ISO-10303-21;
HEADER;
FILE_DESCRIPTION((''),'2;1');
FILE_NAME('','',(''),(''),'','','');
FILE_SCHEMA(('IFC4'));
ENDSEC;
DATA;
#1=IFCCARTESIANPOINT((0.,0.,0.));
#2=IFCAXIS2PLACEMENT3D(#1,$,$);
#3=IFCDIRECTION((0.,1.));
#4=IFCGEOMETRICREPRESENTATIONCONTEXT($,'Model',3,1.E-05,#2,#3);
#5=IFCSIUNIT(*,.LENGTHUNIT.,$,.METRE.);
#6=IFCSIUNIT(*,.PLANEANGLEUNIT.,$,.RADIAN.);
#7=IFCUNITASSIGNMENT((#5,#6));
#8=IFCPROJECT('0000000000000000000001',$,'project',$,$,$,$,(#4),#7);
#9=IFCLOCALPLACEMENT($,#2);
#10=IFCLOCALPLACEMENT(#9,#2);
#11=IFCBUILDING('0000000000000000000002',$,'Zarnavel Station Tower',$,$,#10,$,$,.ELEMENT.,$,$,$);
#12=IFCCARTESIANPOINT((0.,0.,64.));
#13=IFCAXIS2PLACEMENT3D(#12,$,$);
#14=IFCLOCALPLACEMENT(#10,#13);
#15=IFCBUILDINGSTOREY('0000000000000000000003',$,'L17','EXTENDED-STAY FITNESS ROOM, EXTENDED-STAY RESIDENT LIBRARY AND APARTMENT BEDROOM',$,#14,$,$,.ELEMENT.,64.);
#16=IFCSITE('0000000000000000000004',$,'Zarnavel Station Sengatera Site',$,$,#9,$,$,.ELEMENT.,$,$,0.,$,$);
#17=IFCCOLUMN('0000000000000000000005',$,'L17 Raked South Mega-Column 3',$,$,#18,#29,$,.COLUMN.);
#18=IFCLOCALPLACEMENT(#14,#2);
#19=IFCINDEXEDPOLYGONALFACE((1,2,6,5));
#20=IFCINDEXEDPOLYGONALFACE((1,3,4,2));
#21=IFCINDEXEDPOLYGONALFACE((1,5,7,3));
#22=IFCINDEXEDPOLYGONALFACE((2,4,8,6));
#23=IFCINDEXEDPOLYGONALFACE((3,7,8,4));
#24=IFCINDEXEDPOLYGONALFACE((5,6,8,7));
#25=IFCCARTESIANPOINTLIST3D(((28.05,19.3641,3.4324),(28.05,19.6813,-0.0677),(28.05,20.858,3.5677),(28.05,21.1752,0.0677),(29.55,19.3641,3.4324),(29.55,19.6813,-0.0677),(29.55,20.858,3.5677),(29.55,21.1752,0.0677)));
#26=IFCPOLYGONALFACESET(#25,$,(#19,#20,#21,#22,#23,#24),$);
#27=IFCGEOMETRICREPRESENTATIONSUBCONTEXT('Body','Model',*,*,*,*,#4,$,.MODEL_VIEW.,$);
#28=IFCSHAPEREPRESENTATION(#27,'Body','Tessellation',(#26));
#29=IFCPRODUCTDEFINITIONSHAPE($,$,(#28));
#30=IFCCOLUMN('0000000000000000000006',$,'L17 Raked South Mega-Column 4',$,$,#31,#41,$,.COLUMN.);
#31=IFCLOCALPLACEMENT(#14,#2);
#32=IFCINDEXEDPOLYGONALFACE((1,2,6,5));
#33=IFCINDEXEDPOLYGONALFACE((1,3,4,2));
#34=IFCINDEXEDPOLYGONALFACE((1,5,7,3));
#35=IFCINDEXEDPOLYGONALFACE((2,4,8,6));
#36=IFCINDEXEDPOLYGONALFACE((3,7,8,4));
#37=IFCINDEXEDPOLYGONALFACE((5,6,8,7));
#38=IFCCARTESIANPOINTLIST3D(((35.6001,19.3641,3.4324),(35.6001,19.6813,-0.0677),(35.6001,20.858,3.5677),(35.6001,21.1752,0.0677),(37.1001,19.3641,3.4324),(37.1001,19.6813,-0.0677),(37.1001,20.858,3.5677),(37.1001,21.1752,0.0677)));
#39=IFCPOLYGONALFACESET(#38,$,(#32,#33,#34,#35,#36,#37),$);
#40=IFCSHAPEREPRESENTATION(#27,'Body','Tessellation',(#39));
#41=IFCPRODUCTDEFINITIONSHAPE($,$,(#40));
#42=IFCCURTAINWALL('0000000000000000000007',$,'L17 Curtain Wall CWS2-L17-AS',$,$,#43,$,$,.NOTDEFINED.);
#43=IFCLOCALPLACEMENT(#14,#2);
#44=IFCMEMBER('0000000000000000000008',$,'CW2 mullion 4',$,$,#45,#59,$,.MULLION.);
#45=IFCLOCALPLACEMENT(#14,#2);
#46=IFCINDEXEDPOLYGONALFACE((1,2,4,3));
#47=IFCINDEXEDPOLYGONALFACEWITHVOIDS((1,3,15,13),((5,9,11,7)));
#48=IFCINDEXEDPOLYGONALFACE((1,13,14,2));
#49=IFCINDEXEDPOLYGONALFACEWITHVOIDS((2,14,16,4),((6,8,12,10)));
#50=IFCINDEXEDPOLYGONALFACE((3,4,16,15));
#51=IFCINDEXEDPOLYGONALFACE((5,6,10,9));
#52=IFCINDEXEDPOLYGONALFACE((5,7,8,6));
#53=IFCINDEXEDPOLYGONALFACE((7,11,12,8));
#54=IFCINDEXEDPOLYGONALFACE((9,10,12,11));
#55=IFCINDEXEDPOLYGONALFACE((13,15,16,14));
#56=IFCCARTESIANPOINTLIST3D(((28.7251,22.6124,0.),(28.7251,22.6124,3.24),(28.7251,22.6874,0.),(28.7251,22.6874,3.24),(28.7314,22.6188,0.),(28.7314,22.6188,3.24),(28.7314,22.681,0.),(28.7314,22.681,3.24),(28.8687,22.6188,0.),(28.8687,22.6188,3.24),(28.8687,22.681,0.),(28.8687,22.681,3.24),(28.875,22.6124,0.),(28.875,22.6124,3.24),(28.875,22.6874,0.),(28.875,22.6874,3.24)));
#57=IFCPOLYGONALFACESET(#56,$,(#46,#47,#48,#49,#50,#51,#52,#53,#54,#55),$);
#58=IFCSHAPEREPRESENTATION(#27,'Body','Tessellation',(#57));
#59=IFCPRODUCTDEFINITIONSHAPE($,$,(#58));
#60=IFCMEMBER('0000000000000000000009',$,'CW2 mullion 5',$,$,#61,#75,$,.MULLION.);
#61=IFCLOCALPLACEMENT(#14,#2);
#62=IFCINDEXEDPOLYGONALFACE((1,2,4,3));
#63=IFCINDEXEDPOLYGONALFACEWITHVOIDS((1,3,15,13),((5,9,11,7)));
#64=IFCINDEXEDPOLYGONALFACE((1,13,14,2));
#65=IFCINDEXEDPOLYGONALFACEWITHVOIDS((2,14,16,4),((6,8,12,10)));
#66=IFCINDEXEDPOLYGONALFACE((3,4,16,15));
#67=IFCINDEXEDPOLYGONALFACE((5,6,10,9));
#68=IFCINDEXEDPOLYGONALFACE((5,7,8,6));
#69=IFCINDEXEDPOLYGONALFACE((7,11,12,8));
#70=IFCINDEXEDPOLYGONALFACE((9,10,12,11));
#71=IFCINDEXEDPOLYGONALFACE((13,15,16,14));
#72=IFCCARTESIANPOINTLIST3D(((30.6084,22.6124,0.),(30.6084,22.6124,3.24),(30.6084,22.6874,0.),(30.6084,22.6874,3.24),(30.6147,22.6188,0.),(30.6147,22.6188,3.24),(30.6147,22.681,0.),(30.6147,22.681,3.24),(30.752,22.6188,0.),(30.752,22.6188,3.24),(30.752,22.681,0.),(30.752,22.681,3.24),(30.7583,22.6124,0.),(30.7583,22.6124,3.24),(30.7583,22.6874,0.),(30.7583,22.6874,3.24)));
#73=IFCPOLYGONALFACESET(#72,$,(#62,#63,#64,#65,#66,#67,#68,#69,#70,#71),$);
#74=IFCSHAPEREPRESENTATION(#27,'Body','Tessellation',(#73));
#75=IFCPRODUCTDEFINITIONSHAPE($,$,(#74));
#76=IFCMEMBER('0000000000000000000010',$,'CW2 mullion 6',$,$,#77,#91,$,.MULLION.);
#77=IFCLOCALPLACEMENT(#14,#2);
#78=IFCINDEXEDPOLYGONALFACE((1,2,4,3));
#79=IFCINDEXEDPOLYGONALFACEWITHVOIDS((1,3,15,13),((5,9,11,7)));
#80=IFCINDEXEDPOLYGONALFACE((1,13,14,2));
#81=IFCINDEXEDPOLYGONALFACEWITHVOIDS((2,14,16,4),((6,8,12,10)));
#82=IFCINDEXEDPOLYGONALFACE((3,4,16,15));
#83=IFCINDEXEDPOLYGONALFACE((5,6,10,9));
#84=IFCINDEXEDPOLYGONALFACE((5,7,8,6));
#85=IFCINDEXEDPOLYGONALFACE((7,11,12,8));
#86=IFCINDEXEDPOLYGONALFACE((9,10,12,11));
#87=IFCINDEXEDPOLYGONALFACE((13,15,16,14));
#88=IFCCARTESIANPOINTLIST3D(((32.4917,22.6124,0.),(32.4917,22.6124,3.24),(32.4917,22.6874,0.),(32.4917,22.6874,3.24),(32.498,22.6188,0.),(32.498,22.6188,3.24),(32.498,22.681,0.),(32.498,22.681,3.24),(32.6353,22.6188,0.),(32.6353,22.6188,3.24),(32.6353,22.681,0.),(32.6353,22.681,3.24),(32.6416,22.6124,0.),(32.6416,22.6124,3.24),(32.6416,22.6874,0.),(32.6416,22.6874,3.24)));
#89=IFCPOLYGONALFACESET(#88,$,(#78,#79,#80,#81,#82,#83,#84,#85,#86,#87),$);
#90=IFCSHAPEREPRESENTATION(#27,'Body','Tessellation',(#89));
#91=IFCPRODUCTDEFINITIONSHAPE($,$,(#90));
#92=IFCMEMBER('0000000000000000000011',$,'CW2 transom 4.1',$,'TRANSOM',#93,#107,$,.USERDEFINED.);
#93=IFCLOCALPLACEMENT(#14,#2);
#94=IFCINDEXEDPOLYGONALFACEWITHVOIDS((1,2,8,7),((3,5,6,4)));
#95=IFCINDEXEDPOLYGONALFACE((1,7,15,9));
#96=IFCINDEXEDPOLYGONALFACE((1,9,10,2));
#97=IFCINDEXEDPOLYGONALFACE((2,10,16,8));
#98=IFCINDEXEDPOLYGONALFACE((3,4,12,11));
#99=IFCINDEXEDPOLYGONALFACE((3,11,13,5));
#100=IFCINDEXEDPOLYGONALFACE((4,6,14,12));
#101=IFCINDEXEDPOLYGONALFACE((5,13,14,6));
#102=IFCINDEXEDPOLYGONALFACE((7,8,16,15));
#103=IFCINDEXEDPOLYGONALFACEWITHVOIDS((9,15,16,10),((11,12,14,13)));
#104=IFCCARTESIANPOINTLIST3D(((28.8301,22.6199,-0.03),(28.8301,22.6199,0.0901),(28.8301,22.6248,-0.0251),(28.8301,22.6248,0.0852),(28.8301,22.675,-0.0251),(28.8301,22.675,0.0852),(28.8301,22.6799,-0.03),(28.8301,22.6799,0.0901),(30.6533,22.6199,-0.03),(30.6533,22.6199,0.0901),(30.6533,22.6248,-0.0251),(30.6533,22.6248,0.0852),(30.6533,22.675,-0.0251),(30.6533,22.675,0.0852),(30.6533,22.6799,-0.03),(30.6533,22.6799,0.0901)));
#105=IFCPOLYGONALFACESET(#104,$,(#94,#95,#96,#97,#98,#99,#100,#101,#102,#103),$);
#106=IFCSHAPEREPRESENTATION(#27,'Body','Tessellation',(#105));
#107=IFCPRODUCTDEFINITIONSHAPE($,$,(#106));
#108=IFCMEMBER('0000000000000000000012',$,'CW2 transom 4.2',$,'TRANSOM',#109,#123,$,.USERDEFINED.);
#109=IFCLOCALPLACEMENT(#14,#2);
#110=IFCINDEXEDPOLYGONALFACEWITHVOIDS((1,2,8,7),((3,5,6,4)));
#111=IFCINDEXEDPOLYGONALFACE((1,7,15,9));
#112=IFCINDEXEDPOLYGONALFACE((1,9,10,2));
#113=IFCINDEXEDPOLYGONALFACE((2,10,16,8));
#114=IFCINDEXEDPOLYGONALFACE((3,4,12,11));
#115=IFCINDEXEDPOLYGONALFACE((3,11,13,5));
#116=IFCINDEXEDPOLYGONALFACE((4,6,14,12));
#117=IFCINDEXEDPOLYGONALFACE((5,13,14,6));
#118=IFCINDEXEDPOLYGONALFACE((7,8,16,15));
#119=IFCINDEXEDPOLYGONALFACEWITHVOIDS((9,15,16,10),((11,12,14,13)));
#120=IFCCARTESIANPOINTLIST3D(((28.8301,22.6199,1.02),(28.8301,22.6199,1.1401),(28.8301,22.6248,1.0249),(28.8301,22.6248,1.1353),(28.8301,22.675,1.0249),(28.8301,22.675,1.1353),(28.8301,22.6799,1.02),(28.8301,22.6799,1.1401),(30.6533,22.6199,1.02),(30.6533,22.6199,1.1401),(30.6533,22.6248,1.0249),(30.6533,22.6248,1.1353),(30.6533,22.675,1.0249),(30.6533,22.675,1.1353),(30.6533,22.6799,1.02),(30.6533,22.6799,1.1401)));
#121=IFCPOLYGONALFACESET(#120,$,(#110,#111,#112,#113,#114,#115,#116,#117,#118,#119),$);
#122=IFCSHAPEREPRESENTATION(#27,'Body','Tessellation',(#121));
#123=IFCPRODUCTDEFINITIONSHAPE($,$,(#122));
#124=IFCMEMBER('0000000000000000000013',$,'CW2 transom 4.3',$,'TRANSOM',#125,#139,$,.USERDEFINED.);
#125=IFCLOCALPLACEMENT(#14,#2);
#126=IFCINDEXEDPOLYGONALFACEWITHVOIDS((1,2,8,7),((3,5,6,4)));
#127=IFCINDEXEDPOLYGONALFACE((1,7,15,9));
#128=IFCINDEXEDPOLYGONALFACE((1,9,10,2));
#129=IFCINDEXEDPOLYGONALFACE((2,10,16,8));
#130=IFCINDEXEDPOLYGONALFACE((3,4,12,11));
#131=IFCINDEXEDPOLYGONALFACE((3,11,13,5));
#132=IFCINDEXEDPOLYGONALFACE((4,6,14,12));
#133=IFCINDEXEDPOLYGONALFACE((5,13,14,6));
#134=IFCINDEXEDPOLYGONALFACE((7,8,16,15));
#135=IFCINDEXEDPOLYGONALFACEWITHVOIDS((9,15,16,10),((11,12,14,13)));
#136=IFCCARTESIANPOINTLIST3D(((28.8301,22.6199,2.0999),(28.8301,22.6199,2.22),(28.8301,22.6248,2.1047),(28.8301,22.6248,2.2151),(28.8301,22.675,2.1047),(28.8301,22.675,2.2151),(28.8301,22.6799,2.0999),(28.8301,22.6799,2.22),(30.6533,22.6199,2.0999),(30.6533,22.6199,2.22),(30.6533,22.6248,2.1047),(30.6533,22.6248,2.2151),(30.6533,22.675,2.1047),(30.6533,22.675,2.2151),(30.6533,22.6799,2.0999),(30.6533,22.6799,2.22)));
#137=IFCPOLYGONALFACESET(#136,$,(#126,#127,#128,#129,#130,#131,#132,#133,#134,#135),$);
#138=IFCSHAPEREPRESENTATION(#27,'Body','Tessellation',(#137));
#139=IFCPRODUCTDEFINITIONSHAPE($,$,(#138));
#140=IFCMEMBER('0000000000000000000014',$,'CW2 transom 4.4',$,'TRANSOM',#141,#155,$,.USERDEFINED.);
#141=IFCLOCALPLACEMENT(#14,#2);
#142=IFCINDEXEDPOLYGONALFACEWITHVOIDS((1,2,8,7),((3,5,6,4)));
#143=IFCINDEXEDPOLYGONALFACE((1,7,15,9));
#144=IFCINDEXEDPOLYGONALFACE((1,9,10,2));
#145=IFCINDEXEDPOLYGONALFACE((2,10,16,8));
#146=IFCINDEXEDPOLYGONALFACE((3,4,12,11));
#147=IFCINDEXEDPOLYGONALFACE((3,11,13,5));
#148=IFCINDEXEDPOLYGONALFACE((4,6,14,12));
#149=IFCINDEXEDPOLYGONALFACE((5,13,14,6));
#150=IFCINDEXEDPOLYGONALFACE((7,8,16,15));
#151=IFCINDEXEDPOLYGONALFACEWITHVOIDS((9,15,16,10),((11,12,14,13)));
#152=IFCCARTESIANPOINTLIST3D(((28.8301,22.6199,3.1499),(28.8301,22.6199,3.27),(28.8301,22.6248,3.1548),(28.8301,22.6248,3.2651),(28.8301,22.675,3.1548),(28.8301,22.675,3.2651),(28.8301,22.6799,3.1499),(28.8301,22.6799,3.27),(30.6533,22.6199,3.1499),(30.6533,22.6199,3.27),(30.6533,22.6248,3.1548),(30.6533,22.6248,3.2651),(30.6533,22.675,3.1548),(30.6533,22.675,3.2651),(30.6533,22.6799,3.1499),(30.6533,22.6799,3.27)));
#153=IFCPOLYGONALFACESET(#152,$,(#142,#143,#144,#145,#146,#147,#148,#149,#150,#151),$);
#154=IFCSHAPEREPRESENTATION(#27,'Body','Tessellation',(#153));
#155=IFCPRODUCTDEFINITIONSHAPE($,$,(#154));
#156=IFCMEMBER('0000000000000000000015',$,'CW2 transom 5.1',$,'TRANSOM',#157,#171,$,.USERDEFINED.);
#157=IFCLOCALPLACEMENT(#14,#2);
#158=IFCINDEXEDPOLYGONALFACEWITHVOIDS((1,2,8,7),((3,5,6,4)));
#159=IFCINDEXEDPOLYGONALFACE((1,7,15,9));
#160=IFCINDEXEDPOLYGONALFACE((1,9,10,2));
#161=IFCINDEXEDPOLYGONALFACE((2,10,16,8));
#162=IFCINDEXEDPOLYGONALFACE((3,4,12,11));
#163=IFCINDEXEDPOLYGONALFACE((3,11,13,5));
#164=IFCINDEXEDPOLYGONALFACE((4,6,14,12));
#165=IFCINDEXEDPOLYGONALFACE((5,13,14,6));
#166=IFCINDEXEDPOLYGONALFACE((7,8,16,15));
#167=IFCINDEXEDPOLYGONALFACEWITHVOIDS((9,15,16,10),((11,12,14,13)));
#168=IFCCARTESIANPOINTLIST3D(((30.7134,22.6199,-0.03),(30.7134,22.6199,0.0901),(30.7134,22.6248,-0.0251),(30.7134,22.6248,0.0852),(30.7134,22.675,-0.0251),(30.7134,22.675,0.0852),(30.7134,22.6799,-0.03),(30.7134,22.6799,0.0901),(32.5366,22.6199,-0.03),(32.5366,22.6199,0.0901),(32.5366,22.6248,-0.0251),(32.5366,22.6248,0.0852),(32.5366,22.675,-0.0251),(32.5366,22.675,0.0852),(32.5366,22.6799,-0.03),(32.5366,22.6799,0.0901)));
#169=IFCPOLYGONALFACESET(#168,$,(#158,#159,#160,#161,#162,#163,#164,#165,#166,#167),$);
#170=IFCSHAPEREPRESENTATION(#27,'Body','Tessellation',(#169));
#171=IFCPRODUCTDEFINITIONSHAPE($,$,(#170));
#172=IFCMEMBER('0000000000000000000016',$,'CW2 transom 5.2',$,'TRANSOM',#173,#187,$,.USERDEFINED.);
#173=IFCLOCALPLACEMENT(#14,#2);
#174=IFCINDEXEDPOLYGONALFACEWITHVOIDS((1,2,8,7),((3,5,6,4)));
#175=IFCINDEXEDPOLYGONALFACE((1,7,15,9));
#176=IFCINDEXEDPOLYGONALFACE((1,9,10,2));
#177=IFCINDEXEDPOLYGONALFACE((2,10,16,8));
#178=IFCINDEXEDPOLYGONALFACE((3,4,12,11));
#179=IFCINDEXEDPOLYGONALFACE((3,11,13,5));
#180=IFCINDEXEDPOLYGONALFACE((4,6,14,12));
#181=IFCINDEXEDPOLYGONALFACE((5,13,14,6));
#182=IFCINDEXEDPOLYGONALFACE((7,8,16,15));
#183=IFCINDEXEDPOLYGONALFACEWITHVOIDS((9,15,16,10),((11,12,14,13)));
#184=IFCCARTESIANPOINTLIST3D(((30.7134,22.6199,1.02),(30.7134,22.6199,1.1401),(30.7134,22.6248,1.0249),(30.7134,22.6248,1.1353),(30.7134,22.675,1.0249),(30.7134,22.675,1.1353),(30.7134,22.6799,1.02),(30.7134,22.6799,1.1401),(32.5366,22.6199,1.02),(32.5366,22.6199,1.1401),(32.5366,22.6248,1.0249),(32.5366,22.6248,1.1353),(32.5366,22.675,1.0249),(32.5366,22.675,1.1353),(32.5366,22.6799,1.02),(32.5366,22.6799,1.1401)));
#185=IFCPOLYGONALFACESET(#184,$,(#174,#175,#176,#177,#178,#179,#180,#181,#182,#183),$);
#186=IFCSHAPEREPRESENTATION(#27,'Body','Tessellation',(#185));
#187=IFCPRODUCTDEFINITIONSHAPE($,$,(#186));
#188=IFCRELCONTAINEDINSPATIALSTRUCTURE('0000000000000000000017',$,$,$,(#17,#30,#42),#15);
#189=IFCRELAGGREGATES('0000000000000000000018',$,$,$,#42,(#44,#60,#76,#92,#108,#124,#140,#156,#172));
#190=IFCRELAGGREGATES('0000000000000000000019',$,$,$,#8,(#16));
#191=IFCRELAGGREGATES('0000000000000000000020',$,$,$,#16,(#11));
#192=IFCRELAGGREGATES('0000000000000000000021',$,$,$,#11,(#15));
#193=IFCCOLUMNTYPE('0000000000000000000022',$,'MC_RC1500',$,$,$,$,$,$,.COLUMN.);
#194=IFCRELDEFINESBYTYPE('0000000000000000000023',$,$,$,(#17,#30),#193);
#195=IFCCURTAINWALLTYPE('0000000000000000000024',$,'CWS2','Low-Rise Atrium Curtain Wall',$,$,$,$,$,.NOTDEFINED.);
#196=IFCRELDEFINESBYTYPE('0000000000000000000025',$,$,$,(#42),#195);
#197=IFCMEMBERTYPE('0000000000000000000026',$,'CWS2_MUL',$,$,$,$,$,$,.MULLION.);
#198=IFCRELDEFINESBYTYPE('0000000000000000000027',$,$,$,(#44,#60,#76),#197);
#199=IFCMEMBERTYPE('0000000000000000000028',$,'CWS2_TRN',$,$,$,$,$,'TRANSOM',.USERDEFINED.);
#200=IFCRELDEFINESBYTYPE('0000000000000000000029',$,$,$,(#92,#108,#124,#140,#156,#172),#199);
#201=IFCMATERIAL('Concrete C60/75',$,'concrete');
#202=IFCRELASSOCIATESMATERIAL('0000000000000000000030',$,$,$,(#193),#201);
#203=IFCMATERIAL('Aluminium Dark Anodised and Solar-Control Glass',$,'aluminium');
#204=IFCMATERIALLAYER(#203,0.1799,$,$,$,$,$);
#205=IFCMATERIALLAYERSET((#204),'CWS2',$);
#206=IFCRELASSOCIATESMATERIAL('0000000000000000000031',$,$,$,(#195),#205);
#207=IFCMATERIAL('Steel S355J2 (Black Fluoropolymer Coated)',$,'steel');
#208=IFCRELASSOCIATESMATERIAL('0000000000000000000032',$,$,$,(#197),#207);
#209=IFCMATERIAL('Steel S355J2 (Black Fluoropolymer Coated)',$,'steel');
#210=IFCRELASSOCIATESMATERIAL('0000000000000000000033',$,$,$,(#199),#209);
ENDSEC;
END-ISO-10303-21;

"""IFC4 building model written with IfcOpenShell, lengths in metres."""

from ifc_helpers import new_model, si_unit, direction, frame, origin, origin_2d, place, context, subcontext, project, spatial, rectangle, hollow_rectangle, extrude, material, layer, layer_set, material_profile, profile_set, type_object, element, aggregate, save


model = new_model("IFC4")

# Units and contexts
model_context = context("Model", 3, precision=1e-05, world=origin(), true_north=direction((0.0, 1.0)))
body_context = subcontext(model_context, "Body", "Model", "MODEL_VIEW")
ifc_project = project(units=[si_unit("LENGTHUNIT", "METRE"), si_unit("PLANEANGLEUNIT", "RADIAN")], contexts=[model_context])

# Site, building, storey
site_placement = place(None, origin())
site = spatial("IfcSite", under=ifc_project, at=site_placement, Name="Zarnavel Station Sengatera Site", CompositionType="ELEMENT", RefElevation=0.0)
building_placement = place(site_placement, origin())
building = spatial("IfcBuilding", under=site, at=building_placement, Name="Zarnavel Station Tower", CompositionType="ELEMENT")
storey_placement = place(building_placement, frame((0.0, 0.0, 64.0)))
storey = spatial("IfcBuildingStorey", under=building, at=storey_placement, Name="L17", Description="EXTENDED-STAY FITNESS ROOM, EXTENDED-STAY RESIDENT LIBRARY AND APARTMENT BEDROOM", CompositionType="ELEMENT", Elevation=64.0)

# Columns
ifc_material_1 = material(Name="Concrete C60/75", Category="concrete")
ifc_material_profile_1 = material_profile(ifc_material_1, rectangle(XDim=1.5, YDim=1.5, at=origin_2d()), Name="RC1500x1500")
ifc_profile_set_1 = profile_set([ifc_material_profile_1], Name="Concrete C60/75")
column_type = type_object("IfcColumnType", Name="MC_RC1500", PredefinedType="COLUMN", material=ifc_profile_set_1)
for number, where, z_axis, x_axis, name in (
    (1, (28.8, 20.4282, 0.0), (0.0, -0.090241, 0.99592), (1.0, 0.0, 0.0), "L17 Raked South Mega-Column 3"),
    (2, (36.3501, 20.4282, 0.0), (0.0, -0.090241, 0.99592), (1.0, 0.0, 0.0), "L17 Raked South Mega-Column 4"),
):
    element("IfcColumn", number, at=place(storey_placement, frame(where, z_axis=z_axis, x_axis=x_axis)), inside=storey, type_object=column_type, Name=name, PredefinedType="COLUMN", context=body_context, shape_type="SweptSolid", body=[
        extrude(rectangle(XDim=1.5, YDim=1.5, at=origin_2d()), origin(), (0.0, 0.0, 1.0), 3.5144),
    ])

# Curtain wall, members
ifc_material_2 = material(Name="Aluminium Dark Anodised and Solar-Control Glass", Category="aluminium")
ifc_layer_1 = layer(ifc_material_2, 0.1799)
ifc_layer_set_1 = layer_set([ifc_layer_1], Name="CWS2")
curtain_wall_type = type_object("IfcCurtainWallType", Name="CWS2", Description="Low-Rise Atrium Curtain Wall", PredefinedType="NOTDEFINED", material=ifc_layer_set_1)
curtain_wall_placement = place(storey_placement, origin())
curtain_wall = element("IfcCurtainWall", 3, at=curtain_wall_placement, inside=storey, type_object=curtain_wall_type, Name="L17 Curtain Wall CWS2-L17-AS", PredefinedType="NOTDEFINED")
ifc_material_3 = material(Name="Steel S355J2 (Black Fluoropolymer Coated)", Category="steel")
ifc_material_profile_2 = material_profile(ifc_material_3, hollow_rectangle(XDim=0.075, YDim=0.1499, WallThickness=0.0063, at=origin_2d()), Name="RHS150x75x6.3")
ifc_profile_set_2 = profile_set([ifc_material_profile_2], Name="Steel S355J2 (Black Fluoropolymer Coated)")
member_type_1 = type_object("IfcMemberType", Name="CWS2_MUL", PredefinedType="MULLION", material=ifc_profile_set_2)
member_1_placement = place(storey_placement, frame((28.8, 22.6499, 0.0), z_axis=(0.0, 0.0, 1.0), x_axis=(0.0, 1.0, 0.0)))
member_1 = element("IfcMember", 4, at=member_1_placement, type_object=member_type_1, Name="CW2 mullion 4", PredefinedType="MULLION", context=body_context, shape_type="SweptSolid", body=[
    extrude(hollow_rectangle(XDim=0.075, YDim=0.1499, WallThickness=0.0063, at=origin_2d()), origin(), (0.0, 0.0, 1.0), 3.24),
])
member_2_placement = place(storey_placement, frame((30.6833, 22.6499, 0.0), z_axis=(0.0, 0.0, 1.0), x_axis=(0.0, 1.0, 0.0)))
member_2 = element("IfcMember", 5, at=member_2_placement, type_object=member_type_1, Name="CW2 mullion 5", PredefinedType="MULLION", context=body_context, shape_type="SweptSolid", body=[
    extrude(hollow_rectangle(XDim=0.075, YDim=0.1499, WallThickness=0.0063, at=origin_2d()), origin(), (0.0, 0.0, 1.0), 3.24),
])
member_3_placement = place(storey_placement, frame((32.5667, 22.6499, 0.0), z_axis=(0.0, 0.0, 1.0), x_axis=(0.0, 1.0, 0.0)))
member_3 = element("IfcMember", 6, at=member_3_placement, type_object=member_type_1, Name="CW2 mullion 6", PredefinedType="MULLION", context=body_context, shape_type="SweptSolid", body=[
    extrude(hollow_rectangle(XDim=0.075, YDim=0.1499, WallThickness=0.0063, at=origin_2d()), origin(), (0.0, 0.0, 1.0), 3.24),
])
ifc_material_4 = material(Name="Steel S355J2 (Black Fluoropolymer Coated)", Category="steel")
ifc_material_profile_3 = material_profile(ifc_material_4, hollow_rectangle(XDim=0.0601, YDim=0.1201, WallThickness=0.0049, at=origin_2d()), Name="RHS120x60x5")
ifc_profile_set_3 = profile_set([ifc_material_profile_3], Name="Steel S355J2 (Black Fluoropolymer Coated)")
member_type_2 = type_object("IfcMemberType", Name="CWS2_TRN", ElementType="TRANSOM", PredefinedType="USERDEFINED", material=ifc_profile_set_3)
member_4_placement = place(storey_placement, frame((28.8301, 22.6499, 0.03), z_axis=(1.0, 0.0, 0.0), x_axis=(0.0, 1.0, 0.0)))
member_4 = element("IfcMember", 7, at=member_4_placement, type_object=member_type_2, Name="CW2 transom 4.1", ObjectType="TRANSOM", PredefinedType="USERDEFINED", context=body_context, shape_type="SweptSolid", body=[
    extrude(hollow_rectangle(XDim=0.0601, YDim=0.1201, WallThickness=0.0049, at=origin_2d()), origin(), (0.0, 0.0, 1.0), 1.8232),
])
member_5_placement = place(storey_placement, frame((28.8301, 22.6499, 1.0801), z_axis=(1.0, 0.0, 0.0), x_axis=(0.0, 1.0, 0.0)))
member_5 = element("IfcMember", 8, at=member_5_placement, type_object=member_type_2, Name="CW2 transom 4.2", ObjectType="TRANSOM", PredefinedType="USERDEFINED", context=body_context, shape_type="SweptSolid", body=[
    extrude(hollow_rectangle(XDim=0.0601, YDim=0.1201, WallThickness=0.0049, at=origin_2d()), origin(), (0.0, 0.0, 1.0), 1.8232),
])
member_6_placement = place(storey_placement, frame((28.8301, 22.6499, 2.1599), z_axis=(1.0, 0.0, 0.0), x_axis=(0.0, 1.0, 0.0)))
member_6 = element("IfcMember", 9, at=member_6_placement, type_object=member_type_2, Name="CW2 transom 4.3", ObjectType="TRANSOM", PredefinedType="USERDEFINED", context=body_context, shape_type="SweptSolid", body=[
    extrude(hollow_rectangle(XDim=0.0601, YDim=0.1201, WallThickness=0.0049, at=origin_2d()), origin(), (0.0, 0.0, 1.0), 1.8232),
])
member_7_placement = place(storey_placement, frame((28.8301, 22.6499, 3.21), z_axis=(1.0, 0.0, 0.0), x_axis=(0.0, 1.0, 0.0)))
member_7 = element("IfcMember", 10, at=member_7_placement, type_object=member_type_2, Name="CW2 transom 4.4", ObjectType="TRANSOM", PredefinedType="USERDEFINED", context=body_context, shape_type="SweptSolid", body=[
    extrude(hollow_rectangle(XDim=0.0601, YDim=0.1201, WallThickness=0.0049, at=origin_2d()), origin(), (0.0, 0.0, 1.0), 1.8232),
])
member_8_placement = place(storey_placement, frame((30.7134, 22.6499, 0.03), z_axis=(1.0, 0.0, 0.0), x_axis=(0.0, 1.0, 0.0)))
member_8 = element("IfcMember", 11, at=member_8_placement, type_object=member_type_2, Name="CW2 transom 5.1", ObjectType="TRANSOM", PredefinedType="USERDEFINED", context=body_context, shape_type="SweptSolid", body=[
    extrude(hollow_rectangle(XDim=0.0601, YDim=0.1201, WallThickness=0.0049, at=origin_2d()), origin(), (0.0, 0.0, 1.0), 1.8232),
])
member_9_placement = place(storey_placement, frame((30.7134, 22.6499, 1.0801), z_axis=(1.0, 0.0, 0.0), x_axis=(0.0, 1.0, 0.0)))
member_9 = element("IfcMember", 12, at=member_9_placement, type_object=member_type_2, Name="CW2 transom 5.2", ObjectType="TRANSOM", PredefinedType="USERDEFINED", context=body_context, shape_type="SweptSolid", body=[
    extrude(hollow_rectangle(XDim=0.0601, YDim=0.1201, WallThickness=0.0049, at=origin_2d()), origin(), (0.0, 0.0, 1.0), 1.8232),
])

aggregate(curtain_wall, [member_1, member_2, member_3, member_4, member_5, member_6, member_7, member_8, member_9])

save(model, "model.ifc")
